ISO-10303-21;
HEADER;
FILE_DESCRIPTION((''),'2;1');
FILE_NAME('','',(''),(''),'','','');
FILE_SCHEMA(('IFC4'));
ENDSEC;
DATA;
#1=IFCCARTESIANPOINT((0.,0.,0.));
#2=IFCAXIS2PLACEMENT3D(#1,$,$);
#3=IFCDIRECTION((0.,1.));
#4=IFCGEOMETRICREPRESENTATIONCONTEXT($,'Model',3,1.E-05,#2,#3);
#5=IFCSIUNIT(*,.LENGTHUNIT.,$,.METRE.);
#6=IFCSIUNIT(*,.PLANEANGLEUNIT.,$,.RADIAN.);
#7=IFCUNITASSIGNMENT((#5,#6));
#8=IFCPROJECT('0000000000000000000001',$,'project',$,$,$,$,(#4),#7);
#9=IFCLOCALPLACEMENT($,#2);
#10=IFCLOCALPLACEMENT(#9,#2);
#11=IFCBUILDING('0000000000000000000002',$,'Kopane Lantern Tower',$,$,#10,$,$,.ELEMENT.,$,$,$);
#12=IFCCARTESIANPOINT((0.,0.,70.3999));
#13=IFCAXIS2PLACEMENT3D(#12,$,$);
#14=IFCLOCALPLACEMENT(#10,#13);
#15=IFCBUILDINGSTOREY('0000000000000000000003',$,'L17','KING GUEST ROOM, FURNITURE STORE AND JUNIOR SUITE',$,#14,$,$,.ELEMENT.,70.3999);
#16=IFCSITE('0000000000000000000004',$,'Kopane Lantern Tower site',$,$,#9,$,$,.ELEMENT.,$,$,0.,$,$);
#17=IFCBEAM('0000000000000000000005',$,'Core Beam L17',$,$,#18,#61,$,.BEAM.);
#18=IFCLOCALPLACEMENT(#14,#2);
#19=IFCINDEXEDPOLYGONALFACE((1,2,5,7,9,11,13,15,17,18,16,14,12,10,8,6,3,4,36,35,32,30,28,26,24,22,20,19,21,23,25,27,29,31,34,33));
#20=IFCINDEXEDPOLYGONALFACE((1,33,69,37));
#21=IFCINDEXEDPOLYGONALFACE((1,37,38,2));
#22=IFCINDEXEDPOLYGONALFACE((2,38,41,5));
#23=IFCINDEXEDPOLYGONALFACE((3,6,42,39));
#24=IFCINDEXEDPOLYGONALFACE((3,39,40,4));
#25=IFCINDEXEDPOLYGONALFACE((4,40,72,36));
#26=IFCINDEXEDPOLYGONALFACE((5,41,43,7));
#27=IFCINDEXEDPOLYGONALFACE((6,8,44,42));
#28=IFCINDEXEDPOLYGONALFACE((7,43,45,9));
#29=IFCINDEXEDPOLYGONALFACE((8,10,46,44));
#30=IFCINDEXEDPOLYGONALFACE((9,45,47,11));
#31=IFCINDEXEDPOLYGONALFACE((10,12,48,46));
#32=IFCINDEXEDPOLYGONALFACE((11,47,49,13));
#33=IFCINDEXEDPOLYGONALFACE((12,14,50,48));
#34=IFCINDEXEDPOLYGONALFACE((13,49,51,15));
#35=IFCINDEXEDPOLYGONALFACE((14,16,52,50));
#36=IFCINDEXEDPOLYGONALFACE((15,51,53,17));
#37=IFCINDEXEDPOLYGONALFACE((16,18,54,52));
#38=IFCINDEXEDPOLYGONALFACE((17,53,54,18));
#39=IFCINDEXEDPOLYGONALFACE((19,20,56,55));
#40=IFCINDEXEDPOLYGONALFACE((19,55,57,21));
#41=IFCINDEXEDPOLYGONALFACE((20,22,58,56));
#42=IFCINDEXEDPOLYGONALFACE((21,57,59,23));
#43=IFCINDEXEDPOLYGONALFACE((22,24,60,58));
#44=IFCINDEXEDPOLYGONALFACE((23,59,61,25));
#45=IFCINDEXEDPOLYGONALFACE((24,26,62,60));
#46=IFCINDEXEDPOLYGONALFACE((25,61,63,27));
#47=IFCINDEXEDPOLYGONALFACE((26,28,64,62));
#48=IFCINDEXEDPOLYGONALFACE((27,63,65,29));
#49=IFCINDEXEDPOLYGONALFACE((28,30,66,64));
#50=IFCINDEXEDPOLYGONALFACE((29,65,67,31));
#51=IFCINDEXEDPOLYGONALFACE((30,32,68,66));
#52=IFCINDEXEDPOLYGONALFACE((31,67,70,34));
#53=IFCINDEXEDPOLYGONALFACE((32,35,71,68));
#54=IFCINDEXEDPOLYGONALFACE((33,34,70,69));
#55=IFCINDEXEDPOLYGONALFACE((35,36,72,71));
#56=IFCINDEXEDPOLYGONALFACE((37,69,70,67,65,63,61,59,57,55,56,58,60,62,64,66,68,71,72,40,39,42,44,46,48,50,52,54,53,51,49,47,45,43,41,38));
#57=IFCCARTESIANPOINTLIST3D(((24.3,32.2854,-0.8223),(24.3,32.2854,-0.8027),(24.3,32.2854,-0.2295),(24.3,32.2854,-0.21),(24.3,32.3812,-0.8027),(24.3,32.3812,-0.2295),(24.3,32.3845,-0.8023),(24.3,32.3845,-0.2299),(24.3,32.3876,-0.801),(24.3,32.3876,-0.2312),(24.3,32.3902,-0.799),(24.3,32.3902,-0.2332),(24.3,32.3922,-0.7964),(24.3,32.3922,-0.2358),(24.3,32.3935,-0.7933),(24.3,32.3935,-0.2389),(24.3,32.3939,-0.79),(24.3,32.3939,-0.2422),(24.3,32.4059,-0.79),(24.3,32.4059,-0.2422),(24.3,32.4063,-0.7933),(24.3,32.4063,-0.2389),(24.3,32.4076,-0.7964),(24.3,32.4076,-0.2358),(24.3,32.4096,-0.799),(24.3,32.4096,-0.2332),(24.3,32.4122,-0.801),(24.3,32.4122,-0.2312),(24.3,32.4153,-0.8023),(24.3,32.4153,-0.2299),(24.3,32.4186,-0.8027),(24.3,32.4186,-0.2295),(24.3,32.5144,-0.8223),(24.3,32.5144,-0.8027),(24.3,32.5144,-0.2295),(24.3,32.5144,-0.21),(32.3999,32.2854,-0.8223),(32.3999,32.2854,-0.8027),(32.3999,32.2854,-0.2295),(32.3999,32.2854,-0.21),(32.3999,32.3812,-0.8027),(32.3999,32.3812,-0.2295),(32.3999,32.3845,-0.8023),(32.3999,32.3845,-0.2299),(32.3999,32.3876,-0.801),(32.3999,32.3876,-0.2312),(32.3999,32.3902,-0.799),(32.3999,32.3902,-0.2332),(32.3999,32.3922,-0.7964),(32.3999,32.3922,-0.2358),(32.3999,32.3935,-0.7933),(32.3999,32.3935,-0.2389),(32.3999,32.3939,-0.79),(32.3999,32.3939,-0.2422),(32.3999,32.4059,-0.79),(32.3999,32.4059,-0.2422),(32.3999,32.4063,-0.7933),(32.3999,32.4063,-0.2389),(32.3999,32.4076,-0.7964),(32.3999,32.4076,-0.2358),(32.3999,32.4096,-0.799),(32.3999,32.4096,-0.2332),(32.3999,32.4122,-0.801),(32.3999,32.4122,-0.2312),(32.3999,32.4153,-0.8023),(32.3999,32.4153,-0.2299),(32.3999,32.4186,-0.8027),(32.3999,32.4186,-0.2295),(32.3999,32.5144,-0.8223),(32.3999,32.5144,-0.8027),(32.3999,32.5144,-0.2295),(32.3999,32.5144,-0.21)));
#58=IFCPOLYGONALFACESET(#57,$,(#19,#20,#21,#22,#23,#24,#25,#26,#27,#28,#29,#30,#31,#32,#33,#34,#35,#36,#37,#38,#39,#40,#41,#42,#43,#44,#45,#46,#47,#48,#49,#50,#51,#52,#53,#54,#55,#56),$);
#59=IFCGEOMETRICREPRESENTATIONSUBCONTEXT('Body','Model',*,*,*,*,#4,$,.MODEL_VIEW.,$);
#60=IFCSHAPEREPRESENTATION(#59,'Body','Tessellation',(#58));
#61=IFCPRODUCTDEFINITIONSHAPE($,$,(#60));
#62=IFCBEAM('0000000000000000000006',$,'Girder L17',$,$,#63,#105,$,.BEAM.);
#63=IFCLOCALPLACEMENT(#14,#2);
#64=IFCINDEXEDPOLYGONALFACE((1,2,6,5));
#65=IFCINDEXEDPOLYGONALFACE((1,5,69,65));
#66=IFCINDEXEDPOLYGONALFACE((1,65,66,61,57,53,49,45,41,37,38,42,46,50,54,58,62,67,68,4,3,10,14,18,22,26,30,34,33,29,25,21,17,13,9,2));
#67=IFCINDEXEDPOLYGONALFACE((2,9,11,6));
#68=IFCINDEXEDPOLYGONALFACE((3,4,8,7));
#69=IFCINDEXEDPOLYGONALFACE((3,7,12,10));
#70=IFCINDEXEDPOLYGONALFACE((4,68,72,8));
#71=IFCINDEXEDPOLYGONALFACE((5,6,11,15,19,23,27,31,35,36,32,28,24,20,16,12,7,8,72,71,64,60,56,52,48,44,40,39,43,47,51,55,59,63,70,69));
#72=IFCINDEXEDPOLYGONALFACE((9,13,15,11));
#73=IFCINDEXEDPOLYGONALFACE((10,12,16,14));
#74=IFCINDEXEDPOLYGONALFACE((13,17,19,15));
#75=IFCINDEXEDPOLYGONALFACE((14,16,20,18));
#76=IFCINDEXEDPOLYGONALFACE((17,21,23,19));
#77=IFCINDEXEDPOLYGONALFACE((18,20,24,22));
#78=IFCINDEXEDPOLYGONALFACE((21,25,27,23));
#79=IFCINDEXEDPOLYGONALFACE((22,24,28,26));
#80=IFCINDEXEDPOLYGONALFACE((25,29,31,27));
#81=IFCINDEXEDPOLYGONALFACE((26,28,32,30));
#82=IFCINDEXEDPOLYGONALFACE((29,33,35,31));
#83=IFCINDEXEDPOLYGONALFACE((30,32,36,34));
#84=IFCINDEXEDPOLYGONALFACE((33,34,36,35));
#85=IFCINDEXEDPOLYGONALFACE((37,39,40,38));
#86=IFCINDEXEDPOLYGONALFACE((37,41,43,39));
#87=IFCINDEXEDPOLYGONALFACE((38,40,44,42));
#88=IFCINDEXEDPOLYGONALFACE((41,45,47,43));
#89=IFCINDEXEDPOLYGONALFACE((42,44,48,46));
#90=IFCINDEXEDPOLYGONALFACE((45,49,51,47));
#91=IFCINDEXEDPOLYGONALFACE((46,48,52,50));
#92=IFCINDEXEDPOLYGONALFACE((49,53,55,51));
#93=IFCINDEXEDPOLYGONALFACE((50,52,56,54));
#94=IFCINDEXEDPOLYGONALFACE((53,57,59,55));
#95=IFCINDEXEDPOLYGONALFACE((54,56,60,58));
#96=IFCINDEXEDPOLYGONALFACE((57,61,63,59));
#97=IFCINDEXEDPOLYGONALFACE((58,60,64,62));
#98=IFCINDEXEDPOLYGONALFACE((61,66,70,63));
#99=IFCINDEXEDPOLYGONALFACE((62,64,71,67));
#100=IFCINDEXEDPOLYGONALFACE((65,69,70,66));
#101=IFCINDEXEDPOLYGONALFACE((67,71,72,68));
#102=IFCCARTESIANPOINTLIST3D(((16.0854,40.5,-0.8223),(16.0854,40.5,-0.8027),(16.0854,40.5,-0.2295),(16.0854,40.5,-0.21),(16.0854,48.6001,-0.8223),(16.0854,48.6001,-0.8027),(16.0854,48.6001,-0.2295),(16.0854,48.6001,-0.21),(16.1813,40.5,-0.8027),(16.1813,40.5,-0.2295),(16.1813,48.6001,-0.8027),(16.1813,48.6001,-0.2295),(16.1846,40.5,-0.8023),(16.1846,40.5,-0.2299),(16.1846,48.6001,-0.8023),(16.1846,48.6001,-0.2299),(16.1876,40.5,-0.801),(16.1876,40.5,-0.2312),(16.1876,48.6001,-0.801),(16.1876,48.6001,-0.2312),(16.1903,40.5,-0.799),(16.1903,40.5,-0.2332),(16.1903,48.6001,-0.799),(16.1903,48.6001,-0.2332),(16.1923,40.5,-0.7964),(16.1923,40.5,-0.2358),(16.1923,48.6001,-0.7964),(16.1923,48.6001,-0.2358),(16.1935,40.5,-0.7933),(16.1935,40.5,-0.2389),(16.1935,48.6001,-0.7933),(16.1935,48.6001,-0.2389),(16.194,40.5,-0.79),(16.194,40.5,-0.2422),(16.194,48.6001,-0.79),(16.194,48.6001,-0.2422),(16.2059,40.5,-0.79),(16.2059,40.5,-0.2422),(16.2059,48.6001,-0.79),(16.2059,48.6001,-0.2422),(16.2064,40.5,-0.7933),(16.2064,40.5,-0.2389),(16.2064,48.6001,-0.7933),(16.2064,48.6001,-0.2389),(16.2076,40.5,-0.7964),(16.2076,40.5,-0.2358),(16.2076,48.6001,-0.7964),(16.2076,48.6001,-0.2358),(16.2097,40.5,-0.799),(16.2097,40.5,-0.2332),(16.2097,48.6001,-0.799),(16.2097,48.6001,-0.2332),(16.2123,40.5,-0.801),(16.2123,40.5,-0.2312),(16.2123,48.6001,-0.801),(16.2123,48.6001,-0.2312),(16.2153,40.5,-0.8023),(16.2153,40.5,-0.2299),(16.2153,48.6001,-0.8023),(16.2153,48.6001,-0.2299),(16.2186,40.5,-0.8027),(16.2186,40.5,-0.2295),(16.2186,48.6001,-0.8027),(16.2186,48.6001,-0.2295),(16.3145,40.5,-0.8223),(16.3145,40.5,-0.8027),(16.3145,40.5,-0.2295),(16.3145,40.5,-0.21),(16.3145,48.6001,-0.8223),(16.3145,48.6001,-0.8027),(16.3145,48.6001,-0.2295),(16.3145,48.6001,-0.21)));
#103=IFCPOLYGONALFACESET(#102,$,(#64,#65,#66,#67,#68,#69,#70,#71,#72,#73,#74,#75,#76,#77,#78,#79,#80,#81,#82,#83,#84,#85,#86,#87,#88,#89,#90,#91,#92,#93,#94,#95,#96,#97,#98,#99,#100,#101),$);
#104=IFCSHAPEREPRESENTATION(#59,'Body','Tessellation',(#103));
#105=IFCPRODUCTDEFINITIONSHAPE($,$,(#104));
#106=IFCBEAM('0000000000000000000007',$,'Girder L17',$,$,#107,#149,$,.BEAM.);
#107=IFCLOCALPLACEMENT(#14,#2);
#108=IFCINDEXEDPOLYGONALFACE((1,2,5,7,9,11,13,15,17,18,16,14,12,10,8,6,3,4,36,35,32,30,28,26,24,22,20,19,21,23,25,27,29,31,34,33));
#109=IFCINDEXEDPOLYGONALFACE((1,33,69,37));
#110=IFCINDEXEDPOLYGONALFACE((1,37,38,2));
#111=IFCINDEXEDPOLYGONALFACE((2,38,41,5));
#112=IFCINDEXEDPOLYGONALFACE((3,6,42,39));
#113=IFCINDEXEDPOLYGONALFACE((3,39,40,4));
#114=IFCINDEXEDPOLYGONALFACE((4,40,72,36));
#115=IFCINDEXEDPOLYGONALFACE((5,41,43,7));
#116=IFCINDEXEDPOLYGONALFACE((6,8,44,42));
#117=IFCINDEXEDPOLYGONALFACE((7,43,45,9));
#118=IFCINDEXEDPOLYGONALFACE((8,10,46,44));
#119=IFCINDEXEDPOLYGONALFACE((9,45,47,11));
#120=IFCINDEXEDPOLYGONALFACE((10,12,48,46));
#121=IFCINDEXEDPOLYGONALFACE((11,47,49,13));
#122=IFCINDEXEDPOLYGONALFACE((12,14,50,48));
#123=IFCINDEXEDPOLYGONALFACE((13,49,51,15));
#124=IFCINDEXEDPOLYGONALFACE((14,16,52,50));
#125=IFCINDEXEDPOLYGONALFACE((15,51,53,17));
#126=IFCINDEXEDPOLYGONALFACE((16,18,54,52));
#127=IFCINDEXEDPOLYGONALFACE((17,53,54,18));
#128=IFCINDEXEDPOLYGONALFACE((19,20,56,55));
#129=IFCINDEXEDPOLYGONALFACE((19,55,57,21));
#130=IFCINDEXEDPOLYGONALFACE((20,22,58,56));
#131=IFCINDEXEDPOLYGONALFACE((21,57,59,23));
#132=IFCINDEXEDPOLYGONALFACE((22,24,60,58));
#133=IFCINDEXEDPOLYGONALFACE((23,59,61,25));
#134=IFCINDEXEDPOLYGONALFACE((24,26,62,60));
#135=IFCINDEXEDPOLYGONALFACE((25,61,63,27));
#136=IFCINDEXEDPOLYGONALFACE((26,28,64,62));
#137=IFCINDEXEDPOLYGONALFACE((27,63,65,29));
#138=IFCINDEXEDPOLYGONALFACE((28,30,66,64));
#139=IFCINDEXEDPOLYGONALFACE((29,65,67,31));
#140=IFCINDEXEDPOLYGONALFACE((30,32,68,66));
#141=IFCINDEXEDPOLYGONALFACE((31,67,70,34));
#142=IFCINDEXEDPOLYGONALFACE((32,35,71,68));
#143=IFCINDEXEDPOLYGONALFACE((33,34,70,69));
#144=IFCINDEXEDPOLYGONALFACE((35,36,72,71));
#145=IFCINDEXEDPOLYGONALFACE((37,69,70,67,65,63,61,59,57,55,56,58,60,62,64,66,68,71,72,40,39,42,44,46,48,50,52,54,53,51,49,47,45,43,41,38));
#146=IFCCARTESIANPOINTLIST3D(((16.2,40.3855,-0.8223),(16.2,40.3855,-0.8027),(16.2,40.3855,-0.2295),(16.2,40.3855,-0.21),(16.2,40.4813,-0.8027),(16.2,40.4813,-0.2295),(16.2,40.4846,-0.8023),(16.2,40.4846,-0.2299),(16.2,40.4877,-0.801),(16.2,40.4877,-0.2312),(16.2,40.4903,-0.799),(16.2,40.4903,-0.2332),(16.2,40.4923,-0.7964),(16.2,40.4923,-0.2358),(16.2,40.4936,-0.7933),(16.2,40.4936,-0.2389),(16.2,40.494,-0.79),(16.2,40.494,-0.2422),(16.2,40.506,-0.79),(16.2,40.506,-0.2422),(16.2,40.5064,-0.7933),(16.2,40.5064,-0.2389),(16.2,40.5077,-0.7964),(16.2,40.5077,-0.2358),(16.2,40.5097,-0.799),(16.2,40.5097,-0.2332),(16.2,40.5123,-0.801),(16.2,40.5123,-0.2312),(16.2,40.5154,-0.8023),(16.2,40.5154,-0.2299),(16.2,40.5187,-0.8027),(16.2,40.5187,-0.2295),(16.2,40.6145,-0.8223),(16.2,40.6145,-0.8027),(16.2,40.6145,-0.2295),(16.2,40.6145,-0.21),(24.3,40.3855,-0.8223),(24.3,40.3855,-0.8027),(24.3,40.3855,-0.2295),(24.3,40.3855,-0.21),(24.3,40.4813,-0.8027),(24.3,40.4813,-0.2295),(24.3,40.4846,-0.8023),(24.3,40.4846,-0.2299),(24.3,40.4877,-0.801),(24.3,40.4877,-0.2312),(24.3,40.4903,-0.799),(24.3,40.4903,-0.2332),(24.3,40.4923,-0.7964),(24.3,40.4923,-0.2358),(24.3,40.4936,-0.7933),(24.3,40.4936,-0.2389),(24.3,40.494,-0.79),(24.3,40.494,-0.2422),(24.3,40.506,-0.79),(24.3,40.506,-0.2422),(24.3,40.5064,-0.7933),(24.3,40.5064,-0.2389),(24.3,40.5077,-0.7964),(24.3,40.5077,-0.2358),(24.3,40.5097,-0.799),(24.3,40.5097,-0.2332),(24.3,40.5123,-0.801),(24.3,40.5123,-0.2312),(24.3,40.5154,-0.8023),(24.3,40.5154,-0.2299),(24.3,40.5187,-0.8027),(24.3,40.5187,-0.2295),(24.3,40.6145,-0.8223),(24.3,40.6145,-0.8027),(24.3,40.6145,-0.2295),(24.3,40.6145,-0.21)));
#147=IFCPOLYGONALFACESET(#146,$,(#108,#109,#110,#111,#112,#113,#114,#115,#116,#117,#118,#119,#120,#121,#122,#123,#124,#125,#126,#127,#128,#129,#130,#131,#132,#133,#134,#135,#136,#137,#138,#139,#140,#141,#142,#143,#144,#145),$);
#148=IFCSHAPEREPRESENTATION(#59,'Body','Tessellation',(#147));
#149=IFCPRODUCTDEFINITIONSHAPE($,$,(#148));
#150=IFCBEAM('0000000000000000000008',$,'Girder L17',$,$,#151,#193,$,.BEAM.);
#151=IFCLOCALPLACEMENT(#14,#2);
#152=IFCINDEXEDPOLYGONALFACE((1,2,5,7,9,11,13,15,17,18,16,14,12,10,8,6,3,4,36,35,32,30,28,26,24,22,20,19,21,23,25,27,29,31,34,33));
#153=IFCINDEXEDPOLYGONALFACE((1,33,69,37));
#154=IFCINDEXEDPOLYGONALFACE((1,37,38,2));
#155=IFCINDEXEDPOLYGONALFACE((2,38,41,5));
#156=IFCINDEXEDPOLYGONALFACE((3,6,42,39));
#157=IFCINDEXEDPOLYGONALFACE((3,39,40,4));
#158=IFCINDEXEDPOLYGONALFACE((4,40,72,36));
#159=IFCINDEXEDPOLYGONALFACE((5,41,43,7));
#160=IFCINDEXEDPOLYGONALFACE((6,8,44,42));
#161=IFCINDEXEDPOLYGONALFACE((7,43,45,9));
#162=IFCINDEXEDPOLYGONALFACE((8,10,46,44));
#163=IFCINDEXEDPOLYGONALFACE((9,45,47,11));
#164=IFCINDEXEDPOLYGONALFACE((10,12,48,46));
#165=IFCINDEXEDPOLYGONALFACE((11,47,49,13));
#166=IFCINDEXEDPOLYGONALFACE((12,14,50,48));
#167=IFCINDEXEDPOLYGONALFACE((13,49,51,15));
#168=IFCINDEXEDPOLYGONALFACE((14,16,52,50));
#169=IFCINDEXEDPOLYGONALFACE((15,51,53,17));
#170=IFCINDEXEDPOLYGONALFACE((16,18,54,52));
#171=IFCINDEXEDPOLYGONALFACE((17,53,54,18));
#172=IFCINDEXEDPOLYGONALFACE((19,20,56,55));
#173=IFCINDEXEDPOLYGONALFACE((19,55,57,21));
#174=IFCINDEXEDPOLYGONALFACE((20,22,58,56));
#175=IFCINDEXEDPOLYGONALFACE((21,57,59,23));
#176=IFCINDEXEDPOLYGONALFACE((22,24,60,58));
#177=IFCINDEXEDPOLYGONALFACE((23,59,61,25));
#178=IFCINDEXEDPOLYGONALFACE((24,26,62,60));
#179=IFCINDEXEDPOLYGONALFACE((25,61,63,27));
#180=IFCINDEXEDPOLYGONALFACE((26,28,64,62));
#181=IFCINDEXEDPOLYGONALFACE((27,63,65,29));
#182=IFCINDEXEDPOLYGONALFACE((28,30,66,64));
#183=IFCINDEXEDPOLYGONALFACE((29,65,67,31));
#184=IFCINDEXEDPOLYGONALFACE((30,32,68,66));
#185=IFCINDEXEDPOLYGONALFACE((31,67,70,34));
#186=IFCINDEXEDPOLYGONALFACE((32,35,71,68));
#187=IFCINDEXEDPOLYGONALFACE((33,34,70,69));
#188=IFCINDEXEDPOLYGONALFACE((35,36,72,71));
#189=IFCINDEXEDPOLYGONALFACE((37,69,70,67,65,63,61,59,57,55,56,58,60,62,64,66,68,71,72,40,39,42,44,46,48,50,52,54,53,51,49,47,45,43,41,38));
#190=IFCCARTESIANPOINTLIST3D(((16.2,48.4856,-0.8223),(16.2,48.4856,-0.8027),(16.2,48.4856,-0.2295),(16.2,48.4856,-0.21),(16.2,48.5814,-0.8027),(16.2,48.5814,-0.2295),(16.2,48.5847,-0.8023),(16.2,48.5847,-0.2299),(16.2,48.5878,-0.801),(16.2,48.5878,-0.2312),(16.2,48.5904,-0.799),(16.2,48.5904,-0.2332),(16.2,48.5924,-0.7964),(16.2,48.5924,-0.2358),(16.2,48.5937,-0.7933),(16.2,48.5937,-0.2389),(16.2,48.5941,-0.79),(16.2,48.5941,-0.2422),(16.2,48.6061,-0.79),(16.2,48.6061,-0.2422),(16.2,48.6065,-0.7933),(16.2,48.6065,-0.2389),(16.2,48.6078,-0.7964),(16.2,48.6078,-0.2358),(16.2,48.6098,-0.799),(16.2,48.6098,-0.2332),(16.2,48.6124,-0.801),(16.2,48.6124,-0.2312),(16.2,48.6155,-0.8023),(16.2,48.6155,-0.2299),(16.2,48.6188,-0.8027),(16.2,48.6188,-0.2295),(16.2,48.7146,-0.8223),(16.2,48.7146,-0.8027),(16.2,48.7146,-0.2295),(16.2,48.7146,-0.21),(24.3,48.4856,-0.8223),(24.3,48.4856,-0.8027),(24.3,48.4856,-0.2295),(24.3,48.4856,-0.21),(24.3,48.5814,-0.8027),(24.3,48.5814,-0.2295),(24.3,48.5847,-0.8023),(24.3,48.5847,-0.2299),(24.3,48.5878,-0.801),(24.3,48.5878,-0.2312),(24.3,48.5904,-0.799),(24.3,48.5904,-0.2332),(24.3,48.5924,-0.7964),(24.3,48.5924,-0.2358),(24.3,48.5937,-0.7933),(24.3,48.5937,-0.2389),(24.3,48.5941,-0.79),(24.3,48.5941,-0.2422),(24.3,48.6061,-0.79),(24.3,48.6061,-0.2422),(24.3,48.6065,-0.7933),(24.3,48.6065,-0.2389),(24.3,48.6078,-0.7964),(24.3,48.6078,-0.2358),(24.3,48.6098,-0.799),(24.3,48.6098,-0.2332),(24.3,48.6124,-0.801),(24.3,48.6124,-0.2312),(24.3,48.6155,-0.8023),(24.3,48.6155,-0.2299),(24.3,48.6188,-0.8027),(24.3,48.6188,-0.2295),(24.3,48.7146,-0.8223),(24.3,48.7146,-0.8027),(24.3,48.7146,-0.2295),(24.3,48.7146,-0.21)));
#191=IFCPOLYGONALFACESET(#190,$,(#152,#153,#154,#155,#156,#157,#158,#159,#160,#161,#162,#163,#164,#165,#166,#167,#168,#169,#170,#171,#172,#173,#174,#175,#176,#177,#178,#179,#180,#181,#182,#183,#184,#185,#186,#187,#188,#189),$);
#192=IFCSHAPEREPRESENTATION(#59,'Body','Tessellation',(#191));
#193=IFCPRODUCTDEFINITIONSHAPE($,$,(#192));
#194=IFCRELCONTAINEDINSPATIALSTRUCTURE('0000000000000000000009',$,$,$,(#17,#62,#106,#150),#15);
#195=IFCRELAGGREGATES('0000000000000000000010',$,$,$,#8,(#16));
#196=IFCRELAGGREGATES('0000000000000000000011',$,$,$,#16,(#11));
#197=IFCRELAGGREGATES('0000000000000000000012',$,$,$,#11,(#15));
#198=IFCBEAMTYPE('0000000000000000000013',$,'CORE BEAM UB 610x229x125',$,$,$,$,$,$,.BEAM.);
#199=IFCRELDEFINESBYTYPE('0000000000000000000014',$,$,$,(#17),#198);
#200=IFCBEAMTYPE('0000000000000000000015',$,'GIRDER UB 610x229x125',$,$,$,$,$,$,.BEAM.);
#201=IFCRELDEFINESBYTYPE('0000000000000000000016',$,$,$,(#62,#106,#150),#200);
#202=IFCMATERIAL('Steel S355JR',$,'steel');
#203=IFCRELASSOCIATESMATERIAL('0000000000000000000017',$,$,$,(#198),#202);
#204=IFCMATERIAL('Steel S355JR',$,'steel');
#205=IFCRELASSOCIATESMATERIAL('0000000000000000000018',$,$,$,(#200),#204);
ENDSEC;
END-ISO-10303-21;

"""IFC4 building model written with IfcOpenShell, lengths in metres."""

from ifc_helpers import new_model, si_unit, direction, frame, origin, origin_2d, place, context, subcontext, project, spatial, i_section, extrude, material, material_profile, profile_set, type_object, element, save


model = new_model("IFC4")

# Units and contexts
model_context = context("Model", 3, precision=1e-05, world=origin(), true_north=direction((0.0, 1.0)))
body_context = subcontext(model_context, "Body", "Model", "MODEL_VIEW")
ifc_project = project(units=[si_unit("LENGTHUNIT", "METRE"), si_unit("PLANEANGLEUNIT", "RADIAN")], contexts=[model_context])

# Site, building, storey
site_placement = place(None, origin())
site = spatial("IfcSite", under=ifc_project, at=site_placement, Name="Kopane Lantern Tower site", CompositionType="ELEMENT", RefElevation=0.0)
building_placement = place(site_placement, origin())
building = spatial("IfcBuilding", under=site, at=building_placement, Name="Kopane Lantern Tower", CompositionType="ELEMENT")
storey_placement = place(building_placement, frame((0.0, 0.0, 70.3999)))
storey = spatial("IfcBuildingStorey", under=building, at=storey_placement, Name="L17", Description="KING GUEST ROOM, FURNITURE STORE AND JUNIOR SUITE", CompositionType="ELEMENT", Elevation=70.3999)

# Beams
ifc_material_1 = material(Name="Steel S355JR", Category="steel")
ifc_material_profile_1 = material_profile(ifc_material_1, i_section(OverallWidth=0.229, OverallDepth=0.6123, WebThickness=0.012, FlangeThickness=0.0195, FilletRadius=0.0127, at=origin_2d()), Name="UB 610x229x125")
ifc_profile_set_1 = profile_set([ifc_material_profile_1], Name="Steel S355JR")
beam_type_1 = type_object("IfcBeamType", Name="CORE BEAM UB 610x229x125", PredefinedType="BEAM", material=ifc_profile_set_1)
beam_1_placement = place(storey_placement, frame((24.3, 32.3999, -0.5161), z_axis=(1.0, 0.0, 0.0), x_axis=(0.0, 1.0, 0.0)))
element("IfcBeam", 1, at=beam_1_placement, inside=storey, type_object=beam_type_1, Name="Core Beam L17", PredefinedType="BEAM", context=body_context, shape_type="SweptSolid", body=[
    extrude(i_section(OverallWidth=0.229, OverallDepth=0.6123, WebThickness=0.012, FlangeThickness=0.0195, FilletRadius=0.0127, at=origin_2d()), origin(), (0.0, 0.0, 1.0), 8.0999),
])
ifc_material_2 = material(Name="Steel S355JR", Category="steel")
ifc_material_profile_2 = material_profile(ifc_material_2, i_section(OverallWidth=0.229, OverallDepth=0.6123, WebThickness=0.012, FlangeThickness=0.0195, FilletRadius=0.0127, at=origin_2d()), Name="UB 610x229x125")
ifc_profile_set_2 = profile_set([ifc_material_profile_2], Name="Steel S355JR")
beam_type_2 = type_object("IfcBeamType", Name="GIRDER UB 610x229x125", PredefinedType="BEAM", material=ifc_profile_set_2)
for number, where, z_axis, x_axis, name in (
    (2, (16.2, 40.5, -0.5161), (0.0, 1.0, 0.0), (-1.0, 0.0, 0.0), "Girder L17"),
    (3, (16.2, 40.5, -0.5161), (1.0, 0.0, 0.0), (0.0, 1.0, 0.0), "Girder L17"),
    (4, (16.2, 48.6001, -0.5161), (1.0, 0.0, 0.0), (0.0, 1.0, 0.0), "Girder L17"),
):
    element("IfcBeam", number, at=place(storey_placement, frame(where, z_axis=z_axis, x_axis=x_axis)), inside=storey, type_object=beam_type_2, Name=name, PredefinedType="BEAM", context=body_context, shape_type="SweptSolid", body=[
        extrude(i_section(OverallWidth=0.229, OverallDepth=0.6123, WebThickness=0.012, FlangeThickness=0.0195, FilletRadius=0.0127, at=origin_2d()), origin(), (0.0, 0.0, 1.0), 8.1001),
    ])

save(model, "model.ifc")
